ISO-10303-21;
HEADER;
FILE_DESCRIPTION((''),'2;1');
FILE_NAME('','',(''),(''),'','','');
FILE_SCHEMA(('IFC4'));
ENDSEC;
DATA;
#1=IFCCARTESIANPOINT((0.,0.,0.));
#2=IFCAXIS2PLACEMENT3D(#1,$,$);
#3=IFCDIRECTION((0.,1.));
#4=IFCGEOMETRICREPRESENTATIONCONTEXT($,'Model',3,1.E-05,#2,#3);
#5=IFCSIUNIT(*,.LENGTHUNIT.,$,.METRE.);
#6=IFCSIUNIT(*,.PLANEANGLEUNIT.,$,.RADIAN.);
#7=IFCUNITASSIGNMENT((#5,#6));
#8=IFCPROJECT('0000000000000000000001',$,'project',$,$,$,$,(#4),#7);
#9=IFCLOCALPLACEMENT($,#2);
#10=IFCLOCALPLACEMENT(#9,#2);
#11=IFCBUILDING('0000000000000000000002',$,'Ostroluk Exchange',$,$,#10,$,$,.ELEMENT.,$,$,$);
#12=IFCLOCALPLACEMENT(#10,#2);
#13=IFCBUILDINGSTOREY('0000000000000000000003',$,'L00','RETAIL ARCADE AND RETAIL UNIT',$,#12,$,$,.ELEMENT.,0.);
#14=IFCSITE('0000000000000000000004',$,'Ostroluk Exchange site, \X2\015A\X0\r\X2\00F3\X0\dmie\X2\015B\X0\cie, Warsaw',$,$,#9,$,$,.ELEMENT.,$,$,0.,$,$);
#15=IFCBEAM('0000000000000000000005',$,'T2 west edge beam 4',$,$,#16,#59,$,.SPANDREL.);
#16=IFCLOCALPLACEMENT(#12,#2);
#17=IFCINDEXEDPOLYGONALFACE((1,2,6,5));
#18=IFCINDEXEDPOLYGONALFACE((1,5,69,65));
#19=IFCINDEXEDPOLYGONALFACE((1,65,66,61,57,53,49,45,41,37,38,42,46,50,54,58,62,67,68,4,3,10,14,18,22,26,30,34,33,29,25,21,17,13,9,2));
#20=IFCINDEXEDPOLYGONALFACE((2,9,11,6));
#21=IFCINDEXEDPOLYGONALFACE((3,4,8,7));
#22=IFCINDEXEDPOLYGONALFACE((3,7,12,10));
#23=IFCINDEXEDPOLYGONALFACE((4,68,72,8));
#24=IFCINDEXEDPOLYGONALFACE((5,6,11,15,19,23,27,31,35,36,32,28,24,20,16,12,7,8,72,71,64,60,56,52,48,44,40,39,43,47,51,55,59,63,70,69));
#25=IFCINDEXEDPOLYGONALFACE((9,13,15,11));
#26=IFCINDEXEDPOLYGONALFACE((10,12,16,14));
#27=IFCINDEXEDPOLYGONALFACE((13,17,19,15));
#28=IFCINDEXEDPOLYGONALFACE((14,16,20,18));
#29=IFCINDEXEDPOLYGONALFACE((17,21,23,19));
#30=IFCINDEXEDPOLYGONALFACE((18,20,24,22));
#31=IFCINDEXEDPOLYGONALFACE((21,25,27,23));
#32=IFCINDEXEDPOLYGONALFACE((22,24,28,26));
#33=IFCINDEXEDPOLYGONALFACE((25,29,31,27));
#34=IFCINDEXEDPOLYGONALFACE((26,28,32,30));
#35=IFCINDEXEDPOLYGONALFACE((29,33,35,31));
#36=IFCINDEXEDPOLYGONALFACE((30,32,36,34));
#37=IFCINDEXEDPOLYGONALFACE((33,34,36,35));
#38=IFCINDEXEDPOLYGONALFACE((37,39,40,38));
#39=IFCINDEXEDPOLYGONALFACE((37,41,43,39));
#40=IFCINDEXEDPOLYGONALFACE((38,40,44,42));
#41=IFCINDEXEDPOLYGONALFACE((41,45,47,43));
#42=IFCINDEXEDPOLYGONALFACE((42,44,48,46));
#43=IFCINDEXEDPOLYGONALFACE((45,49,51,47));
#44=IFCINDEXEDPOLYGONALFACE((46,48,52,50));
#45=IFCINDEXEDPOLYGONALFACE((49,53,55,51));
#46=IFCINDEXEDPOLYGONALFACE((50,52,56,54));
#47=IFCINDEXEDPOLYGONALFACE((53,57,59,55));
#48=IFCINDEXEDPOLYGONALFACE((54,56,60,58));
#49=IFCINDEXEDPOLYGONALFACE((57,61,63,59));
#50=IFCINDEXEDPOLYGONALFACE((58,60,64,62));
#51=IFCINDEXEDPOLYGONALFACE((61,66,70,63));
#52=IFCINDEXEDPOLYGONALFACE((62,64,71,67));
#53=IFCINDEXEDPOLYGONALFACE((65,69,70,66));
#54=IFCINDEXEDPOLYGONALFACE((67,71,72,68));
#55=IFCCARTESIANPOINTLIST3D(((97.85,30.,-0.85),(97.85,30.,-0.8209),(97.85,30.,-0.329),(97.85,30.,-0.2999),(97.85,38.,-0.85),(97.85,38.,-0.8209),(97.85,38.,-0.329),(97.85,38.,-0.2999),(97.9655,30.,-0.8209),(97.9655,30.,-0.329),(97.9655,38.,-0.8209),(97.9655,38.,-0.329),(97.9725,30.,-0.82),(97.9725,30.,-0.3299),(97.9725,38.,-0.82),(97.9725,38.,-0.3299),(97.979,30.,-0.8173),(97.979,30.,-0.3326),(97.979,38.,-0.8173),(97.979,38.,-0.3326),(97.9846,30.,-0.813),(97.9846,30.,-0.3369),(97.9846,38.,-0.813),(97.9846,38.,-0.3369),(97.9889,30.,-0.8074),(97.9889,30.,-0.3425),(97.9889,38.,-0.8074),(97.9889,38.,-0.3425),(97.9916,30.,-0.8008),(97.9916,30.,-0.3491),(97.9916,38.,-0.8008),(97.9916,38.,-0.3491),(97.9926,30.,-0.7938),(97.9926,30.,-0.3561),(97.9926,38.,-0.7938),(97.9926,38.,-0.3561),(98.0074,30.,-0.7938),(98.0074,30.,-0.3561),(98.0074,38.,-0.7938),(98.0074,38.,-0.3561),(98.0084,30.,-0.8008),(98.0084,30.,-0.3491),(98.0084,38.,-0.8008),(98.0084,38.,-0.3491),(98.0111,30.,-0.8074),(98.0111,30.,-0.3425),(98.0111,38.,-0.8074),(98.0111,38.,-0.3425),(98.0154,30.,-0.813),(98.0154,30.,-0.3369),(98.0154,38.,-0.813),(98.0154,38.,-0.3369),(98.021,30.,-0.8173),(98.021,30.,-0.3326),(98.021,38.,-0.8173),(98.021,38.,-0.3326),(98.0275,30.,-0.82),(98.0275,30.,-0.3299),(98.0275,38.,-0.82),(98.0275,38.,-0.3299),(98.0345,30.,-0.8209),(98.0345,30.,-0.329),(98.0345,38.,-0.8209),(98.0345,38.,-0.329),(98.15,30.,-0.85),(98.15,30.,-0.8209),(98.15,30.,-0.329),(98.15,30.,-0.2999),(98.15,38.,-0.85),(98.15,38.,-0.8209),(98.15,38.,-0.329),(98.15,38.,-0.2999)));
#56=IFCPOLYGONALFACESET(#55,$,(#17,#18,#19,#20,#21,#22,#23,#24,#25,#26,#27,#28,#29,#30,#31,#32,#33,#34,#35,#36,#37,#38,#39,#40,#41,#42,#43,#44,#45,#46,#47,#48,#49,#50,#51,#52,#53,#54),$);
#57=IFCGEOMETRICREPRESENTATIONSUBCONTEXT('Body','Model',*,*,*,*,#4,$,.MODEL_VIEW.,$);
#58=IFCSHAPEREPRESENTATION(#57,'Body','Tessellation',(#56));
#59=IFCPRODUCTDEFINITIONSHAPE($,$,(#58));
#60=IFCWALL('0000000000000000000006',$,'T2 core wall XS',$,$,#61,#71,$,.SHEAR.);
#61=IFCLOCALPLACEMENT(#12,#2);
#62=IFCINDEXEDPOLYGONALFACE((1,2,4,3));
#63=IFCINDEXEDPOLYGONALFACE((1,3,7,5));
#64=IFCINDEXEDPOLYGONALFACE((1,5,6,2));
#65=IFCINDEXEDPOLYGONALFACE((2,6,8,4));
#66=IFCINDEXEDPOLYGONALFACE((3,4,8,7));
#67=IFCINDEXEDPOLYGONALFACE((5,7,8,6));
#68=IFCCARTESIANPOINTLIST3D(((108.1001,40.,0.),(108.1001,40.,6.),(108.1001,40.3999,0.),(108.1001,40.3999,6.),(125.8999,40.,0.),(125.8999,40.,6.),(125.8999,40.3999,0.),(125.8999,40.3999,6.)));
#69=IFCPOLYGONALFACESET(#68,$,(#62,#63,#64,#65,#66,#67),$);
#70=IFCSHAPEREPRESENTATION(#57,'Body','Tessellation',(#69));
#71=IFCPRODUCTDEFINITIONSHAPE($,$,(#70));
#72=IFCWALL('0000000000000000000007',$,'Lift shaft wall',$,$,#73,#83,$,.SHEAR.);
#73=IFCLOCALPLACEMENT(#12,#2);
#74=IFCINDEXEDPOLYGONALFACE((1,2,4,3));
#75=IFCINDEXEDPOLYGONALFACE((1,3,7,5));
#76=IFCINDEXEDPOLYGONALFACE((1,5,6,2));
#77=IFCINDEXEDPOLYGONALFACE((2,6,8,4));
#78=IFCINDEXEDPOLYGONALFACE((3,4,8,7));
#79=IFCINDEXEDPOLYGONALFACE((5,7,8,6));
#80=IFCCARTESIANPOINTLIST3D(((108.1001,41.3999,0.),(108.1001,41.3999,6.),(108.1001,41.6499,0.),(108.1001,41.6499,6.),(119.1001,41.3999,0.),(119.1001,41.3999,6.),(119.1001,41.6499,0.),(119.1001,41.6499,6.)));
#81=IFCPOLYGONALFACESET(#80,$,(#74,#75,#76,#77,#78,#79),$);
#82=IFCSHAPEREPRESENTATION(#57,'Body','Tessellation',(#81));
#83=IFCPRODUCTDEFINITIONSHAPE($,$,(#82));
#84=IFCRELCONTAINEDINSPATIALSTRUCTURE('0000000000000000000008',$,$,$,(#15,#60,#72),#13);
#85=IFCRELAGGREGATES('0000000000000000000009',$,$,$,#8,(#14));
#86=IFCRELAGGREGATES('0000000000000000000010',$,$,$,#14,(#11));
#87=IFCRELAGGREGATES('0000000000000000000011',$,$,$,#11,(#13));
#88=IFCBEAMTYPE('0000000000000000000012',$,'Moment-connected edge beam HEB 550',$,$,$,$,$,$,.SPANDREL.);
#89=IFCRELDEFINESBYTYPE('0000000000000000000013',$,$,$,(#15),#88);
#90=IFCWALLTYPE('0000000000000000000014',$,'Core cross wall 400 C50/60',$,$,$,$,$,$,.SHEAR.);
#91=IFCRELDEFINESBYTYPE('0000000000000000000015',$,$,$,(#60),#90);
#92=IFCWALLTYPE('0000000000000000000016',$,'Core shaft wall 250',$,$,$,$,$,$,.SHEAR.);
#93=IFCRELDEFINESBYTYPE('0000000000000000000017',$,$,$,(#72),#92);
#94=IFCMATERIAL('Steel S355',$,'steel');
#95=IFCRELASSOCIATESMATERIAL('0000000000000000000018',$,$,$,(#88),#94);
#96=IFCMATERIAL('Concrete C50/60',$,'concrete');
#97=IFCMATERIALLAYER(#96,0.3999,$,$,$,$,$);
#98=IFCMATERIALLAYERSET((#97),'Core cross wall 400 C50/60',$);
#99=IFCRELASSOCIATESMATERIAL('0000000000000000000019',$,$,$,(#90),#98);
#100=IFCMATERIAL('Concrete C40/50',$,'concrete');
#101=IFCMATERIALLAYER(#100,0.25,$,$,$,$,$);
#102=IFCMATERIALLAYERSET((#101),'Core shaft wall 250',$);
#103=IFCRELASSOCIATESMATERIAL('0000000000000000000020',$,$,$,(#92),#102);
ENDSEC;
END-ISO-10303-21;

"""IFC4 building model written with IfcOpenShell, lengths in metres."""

from ifc_helpers import new_model, si_unit, direction, frame, frame_2d, origin, origin_2d, place, context, subcontext, project, spatial, rectangle, i_section, extrude, material, layer, layer_set, material_profile, profile_set, type_object, element, save


model = new_model("IFC4")

# Units and contexts
model_context = context("Model", 3, precision=1e-05, world=origin(), true_north=direction((0.0, 1.0)))
body_context = subcontext(model_context, "Body", "Model", "MODEL_VIEW")
ifc_project = project(units=[si_unit("LENGTHUNIT", "METRE"), si_unit("PLANEANGLEUNIT", "RADIAN")], contexts=[model_context])

# Site, building, storey
site_placement = place(None, origin())
site = spatial("IfcSite", under=ifc_project, at=site_placement, Name="Ostroluk Exchange site, Śródmieście, Warsaw", CompositionType="ELEMENT", RefElevation=0.0)
building_placement = place(site_placement, origin())
building = spatial("IfcBuilding", under=site, at=building_placement, Name="Ostroluk Exchange", CompositionType="ELEMENT")
storey_placement = place(building_placement, origin())
storey = spatial("IfcBuildingStorey", under=building, at=storey_placement, Name="L00", Description="RETAIL ARCADE AND RETAIL UNIT", CompositionType="ELEMENT", Elevation=0.0)

# Beam
ifc_material_1 = material(Name="Steel S355", Category="steel")
ifc_material_profile_1 = material_profile(ifc_material_1, i_section(OverallWidth=0.3, OverallDepth=0.55, WebThickness=0.0149, FlangeThickness=0.0291, FilletRadius=0.0271, at=origin_2d()), Name="HEB 550")
ifc_profile_set_1 = profile_set([ifc_material_profile_1], Name="Steel S355")
beam_type_1 = type_object("IfcBeamType", Name="Moment-connected edge beam HEB 550", PredefinedType="SPANDREL", material=ifc_profile_set_1)
for number, where, z_axis, x_axis, name in (
    (1, (98.0, 38.0, -0.575), (0.0, -1.0, 0.0), (1.0, 0.0, 0.0), "T2 west edge beam 4"),
):
    element("IfcBeam", number, at=place(storey_placement, frame(where, z_axis=z_axis, x_axis=x_axis)), inside=storey, type_object=beam_type_1, Name=name, PredefinedType="SPANDREL", context=body_context, shape_type="SweptSolid", body=[
        extrude(i_section(OverallWidth=0.3, OverallDepth=0.55, WebThickness=0.0149, FlangeThickness=0.0291, FilletRadius=0.0271, at=origin_2d()), origin(), (0.0, 0.0, 1.0), 8.0),
    ])

# Walls
ifc_material_2 = material(Name="Concrete C50/60", Category="concrete")
ifc_layer_1 = layer(ifc_material_2, 0.3999)
ifc_layer_set_1 = layer_set([ifc_layer_1], Name="Core cross wall 400 C50/60")
wall_type_1 = type_object("IfcWallType", Name="Core cross wall 400 C50/60", PredefinedType="SHEAR", material=ifc_layer_set_1)
wall_1_placement = place(storey_placement, frame((108.1001, 40.2, 0.0), z_axis=(0.0, 0.0, 1.0), x_axis=(1.0, 0.0, 0.0)))
element("IfcWall", 2, at=wall_1_placement, inside=storey, type_object=wall_type_1, Name="T2 core wall XS", PredefinedType="SHEAR", context=body_context, shape_type="SweptSolid", body=[
    extrude(rectangle(XDim=17.7998, YDim=0.3999, at=frame_2d((8.8999, 0.0))), origin(), (0.0, 0.0, 1.0), 6.0),
])
ifc_material_3 = material(Name="Concrete C40/50", Category="concrete")
ifc_layer_2 = layer(ifc_material_3, 0.25)
ifc_layer_set_2 = layer_set([ifc_layer_2], Name="Core shaft wall 250")
wall_type_2 = type_object("IfcWallType", Name="Core shaft wall 250", PredefinedType="SHEAR", material=ifc_layer_set_2)
wall_2_placement = place(storey_placement, frame((108.1001, 41.5249, 0.0), z_axis=(0.0, 0.0, 1.0), x_axis=(1.0, 0.0, 0.0)))
element("IfcWall", 3, at=wall_2_placement, inside=storey, type_object=wall_type_2, Name="Lift shaft wall", PredefinedType="SHEAR", context=body_context, shape_type="SweptSolid", body=[
    extrude(rectangle(XDim=11.0, YDim=0.25, at=frame_2d((5.5, 0.0))), origin(), (0.0, 0.0, 1.0), 6.0),
])

save(model, "model.ifc")
